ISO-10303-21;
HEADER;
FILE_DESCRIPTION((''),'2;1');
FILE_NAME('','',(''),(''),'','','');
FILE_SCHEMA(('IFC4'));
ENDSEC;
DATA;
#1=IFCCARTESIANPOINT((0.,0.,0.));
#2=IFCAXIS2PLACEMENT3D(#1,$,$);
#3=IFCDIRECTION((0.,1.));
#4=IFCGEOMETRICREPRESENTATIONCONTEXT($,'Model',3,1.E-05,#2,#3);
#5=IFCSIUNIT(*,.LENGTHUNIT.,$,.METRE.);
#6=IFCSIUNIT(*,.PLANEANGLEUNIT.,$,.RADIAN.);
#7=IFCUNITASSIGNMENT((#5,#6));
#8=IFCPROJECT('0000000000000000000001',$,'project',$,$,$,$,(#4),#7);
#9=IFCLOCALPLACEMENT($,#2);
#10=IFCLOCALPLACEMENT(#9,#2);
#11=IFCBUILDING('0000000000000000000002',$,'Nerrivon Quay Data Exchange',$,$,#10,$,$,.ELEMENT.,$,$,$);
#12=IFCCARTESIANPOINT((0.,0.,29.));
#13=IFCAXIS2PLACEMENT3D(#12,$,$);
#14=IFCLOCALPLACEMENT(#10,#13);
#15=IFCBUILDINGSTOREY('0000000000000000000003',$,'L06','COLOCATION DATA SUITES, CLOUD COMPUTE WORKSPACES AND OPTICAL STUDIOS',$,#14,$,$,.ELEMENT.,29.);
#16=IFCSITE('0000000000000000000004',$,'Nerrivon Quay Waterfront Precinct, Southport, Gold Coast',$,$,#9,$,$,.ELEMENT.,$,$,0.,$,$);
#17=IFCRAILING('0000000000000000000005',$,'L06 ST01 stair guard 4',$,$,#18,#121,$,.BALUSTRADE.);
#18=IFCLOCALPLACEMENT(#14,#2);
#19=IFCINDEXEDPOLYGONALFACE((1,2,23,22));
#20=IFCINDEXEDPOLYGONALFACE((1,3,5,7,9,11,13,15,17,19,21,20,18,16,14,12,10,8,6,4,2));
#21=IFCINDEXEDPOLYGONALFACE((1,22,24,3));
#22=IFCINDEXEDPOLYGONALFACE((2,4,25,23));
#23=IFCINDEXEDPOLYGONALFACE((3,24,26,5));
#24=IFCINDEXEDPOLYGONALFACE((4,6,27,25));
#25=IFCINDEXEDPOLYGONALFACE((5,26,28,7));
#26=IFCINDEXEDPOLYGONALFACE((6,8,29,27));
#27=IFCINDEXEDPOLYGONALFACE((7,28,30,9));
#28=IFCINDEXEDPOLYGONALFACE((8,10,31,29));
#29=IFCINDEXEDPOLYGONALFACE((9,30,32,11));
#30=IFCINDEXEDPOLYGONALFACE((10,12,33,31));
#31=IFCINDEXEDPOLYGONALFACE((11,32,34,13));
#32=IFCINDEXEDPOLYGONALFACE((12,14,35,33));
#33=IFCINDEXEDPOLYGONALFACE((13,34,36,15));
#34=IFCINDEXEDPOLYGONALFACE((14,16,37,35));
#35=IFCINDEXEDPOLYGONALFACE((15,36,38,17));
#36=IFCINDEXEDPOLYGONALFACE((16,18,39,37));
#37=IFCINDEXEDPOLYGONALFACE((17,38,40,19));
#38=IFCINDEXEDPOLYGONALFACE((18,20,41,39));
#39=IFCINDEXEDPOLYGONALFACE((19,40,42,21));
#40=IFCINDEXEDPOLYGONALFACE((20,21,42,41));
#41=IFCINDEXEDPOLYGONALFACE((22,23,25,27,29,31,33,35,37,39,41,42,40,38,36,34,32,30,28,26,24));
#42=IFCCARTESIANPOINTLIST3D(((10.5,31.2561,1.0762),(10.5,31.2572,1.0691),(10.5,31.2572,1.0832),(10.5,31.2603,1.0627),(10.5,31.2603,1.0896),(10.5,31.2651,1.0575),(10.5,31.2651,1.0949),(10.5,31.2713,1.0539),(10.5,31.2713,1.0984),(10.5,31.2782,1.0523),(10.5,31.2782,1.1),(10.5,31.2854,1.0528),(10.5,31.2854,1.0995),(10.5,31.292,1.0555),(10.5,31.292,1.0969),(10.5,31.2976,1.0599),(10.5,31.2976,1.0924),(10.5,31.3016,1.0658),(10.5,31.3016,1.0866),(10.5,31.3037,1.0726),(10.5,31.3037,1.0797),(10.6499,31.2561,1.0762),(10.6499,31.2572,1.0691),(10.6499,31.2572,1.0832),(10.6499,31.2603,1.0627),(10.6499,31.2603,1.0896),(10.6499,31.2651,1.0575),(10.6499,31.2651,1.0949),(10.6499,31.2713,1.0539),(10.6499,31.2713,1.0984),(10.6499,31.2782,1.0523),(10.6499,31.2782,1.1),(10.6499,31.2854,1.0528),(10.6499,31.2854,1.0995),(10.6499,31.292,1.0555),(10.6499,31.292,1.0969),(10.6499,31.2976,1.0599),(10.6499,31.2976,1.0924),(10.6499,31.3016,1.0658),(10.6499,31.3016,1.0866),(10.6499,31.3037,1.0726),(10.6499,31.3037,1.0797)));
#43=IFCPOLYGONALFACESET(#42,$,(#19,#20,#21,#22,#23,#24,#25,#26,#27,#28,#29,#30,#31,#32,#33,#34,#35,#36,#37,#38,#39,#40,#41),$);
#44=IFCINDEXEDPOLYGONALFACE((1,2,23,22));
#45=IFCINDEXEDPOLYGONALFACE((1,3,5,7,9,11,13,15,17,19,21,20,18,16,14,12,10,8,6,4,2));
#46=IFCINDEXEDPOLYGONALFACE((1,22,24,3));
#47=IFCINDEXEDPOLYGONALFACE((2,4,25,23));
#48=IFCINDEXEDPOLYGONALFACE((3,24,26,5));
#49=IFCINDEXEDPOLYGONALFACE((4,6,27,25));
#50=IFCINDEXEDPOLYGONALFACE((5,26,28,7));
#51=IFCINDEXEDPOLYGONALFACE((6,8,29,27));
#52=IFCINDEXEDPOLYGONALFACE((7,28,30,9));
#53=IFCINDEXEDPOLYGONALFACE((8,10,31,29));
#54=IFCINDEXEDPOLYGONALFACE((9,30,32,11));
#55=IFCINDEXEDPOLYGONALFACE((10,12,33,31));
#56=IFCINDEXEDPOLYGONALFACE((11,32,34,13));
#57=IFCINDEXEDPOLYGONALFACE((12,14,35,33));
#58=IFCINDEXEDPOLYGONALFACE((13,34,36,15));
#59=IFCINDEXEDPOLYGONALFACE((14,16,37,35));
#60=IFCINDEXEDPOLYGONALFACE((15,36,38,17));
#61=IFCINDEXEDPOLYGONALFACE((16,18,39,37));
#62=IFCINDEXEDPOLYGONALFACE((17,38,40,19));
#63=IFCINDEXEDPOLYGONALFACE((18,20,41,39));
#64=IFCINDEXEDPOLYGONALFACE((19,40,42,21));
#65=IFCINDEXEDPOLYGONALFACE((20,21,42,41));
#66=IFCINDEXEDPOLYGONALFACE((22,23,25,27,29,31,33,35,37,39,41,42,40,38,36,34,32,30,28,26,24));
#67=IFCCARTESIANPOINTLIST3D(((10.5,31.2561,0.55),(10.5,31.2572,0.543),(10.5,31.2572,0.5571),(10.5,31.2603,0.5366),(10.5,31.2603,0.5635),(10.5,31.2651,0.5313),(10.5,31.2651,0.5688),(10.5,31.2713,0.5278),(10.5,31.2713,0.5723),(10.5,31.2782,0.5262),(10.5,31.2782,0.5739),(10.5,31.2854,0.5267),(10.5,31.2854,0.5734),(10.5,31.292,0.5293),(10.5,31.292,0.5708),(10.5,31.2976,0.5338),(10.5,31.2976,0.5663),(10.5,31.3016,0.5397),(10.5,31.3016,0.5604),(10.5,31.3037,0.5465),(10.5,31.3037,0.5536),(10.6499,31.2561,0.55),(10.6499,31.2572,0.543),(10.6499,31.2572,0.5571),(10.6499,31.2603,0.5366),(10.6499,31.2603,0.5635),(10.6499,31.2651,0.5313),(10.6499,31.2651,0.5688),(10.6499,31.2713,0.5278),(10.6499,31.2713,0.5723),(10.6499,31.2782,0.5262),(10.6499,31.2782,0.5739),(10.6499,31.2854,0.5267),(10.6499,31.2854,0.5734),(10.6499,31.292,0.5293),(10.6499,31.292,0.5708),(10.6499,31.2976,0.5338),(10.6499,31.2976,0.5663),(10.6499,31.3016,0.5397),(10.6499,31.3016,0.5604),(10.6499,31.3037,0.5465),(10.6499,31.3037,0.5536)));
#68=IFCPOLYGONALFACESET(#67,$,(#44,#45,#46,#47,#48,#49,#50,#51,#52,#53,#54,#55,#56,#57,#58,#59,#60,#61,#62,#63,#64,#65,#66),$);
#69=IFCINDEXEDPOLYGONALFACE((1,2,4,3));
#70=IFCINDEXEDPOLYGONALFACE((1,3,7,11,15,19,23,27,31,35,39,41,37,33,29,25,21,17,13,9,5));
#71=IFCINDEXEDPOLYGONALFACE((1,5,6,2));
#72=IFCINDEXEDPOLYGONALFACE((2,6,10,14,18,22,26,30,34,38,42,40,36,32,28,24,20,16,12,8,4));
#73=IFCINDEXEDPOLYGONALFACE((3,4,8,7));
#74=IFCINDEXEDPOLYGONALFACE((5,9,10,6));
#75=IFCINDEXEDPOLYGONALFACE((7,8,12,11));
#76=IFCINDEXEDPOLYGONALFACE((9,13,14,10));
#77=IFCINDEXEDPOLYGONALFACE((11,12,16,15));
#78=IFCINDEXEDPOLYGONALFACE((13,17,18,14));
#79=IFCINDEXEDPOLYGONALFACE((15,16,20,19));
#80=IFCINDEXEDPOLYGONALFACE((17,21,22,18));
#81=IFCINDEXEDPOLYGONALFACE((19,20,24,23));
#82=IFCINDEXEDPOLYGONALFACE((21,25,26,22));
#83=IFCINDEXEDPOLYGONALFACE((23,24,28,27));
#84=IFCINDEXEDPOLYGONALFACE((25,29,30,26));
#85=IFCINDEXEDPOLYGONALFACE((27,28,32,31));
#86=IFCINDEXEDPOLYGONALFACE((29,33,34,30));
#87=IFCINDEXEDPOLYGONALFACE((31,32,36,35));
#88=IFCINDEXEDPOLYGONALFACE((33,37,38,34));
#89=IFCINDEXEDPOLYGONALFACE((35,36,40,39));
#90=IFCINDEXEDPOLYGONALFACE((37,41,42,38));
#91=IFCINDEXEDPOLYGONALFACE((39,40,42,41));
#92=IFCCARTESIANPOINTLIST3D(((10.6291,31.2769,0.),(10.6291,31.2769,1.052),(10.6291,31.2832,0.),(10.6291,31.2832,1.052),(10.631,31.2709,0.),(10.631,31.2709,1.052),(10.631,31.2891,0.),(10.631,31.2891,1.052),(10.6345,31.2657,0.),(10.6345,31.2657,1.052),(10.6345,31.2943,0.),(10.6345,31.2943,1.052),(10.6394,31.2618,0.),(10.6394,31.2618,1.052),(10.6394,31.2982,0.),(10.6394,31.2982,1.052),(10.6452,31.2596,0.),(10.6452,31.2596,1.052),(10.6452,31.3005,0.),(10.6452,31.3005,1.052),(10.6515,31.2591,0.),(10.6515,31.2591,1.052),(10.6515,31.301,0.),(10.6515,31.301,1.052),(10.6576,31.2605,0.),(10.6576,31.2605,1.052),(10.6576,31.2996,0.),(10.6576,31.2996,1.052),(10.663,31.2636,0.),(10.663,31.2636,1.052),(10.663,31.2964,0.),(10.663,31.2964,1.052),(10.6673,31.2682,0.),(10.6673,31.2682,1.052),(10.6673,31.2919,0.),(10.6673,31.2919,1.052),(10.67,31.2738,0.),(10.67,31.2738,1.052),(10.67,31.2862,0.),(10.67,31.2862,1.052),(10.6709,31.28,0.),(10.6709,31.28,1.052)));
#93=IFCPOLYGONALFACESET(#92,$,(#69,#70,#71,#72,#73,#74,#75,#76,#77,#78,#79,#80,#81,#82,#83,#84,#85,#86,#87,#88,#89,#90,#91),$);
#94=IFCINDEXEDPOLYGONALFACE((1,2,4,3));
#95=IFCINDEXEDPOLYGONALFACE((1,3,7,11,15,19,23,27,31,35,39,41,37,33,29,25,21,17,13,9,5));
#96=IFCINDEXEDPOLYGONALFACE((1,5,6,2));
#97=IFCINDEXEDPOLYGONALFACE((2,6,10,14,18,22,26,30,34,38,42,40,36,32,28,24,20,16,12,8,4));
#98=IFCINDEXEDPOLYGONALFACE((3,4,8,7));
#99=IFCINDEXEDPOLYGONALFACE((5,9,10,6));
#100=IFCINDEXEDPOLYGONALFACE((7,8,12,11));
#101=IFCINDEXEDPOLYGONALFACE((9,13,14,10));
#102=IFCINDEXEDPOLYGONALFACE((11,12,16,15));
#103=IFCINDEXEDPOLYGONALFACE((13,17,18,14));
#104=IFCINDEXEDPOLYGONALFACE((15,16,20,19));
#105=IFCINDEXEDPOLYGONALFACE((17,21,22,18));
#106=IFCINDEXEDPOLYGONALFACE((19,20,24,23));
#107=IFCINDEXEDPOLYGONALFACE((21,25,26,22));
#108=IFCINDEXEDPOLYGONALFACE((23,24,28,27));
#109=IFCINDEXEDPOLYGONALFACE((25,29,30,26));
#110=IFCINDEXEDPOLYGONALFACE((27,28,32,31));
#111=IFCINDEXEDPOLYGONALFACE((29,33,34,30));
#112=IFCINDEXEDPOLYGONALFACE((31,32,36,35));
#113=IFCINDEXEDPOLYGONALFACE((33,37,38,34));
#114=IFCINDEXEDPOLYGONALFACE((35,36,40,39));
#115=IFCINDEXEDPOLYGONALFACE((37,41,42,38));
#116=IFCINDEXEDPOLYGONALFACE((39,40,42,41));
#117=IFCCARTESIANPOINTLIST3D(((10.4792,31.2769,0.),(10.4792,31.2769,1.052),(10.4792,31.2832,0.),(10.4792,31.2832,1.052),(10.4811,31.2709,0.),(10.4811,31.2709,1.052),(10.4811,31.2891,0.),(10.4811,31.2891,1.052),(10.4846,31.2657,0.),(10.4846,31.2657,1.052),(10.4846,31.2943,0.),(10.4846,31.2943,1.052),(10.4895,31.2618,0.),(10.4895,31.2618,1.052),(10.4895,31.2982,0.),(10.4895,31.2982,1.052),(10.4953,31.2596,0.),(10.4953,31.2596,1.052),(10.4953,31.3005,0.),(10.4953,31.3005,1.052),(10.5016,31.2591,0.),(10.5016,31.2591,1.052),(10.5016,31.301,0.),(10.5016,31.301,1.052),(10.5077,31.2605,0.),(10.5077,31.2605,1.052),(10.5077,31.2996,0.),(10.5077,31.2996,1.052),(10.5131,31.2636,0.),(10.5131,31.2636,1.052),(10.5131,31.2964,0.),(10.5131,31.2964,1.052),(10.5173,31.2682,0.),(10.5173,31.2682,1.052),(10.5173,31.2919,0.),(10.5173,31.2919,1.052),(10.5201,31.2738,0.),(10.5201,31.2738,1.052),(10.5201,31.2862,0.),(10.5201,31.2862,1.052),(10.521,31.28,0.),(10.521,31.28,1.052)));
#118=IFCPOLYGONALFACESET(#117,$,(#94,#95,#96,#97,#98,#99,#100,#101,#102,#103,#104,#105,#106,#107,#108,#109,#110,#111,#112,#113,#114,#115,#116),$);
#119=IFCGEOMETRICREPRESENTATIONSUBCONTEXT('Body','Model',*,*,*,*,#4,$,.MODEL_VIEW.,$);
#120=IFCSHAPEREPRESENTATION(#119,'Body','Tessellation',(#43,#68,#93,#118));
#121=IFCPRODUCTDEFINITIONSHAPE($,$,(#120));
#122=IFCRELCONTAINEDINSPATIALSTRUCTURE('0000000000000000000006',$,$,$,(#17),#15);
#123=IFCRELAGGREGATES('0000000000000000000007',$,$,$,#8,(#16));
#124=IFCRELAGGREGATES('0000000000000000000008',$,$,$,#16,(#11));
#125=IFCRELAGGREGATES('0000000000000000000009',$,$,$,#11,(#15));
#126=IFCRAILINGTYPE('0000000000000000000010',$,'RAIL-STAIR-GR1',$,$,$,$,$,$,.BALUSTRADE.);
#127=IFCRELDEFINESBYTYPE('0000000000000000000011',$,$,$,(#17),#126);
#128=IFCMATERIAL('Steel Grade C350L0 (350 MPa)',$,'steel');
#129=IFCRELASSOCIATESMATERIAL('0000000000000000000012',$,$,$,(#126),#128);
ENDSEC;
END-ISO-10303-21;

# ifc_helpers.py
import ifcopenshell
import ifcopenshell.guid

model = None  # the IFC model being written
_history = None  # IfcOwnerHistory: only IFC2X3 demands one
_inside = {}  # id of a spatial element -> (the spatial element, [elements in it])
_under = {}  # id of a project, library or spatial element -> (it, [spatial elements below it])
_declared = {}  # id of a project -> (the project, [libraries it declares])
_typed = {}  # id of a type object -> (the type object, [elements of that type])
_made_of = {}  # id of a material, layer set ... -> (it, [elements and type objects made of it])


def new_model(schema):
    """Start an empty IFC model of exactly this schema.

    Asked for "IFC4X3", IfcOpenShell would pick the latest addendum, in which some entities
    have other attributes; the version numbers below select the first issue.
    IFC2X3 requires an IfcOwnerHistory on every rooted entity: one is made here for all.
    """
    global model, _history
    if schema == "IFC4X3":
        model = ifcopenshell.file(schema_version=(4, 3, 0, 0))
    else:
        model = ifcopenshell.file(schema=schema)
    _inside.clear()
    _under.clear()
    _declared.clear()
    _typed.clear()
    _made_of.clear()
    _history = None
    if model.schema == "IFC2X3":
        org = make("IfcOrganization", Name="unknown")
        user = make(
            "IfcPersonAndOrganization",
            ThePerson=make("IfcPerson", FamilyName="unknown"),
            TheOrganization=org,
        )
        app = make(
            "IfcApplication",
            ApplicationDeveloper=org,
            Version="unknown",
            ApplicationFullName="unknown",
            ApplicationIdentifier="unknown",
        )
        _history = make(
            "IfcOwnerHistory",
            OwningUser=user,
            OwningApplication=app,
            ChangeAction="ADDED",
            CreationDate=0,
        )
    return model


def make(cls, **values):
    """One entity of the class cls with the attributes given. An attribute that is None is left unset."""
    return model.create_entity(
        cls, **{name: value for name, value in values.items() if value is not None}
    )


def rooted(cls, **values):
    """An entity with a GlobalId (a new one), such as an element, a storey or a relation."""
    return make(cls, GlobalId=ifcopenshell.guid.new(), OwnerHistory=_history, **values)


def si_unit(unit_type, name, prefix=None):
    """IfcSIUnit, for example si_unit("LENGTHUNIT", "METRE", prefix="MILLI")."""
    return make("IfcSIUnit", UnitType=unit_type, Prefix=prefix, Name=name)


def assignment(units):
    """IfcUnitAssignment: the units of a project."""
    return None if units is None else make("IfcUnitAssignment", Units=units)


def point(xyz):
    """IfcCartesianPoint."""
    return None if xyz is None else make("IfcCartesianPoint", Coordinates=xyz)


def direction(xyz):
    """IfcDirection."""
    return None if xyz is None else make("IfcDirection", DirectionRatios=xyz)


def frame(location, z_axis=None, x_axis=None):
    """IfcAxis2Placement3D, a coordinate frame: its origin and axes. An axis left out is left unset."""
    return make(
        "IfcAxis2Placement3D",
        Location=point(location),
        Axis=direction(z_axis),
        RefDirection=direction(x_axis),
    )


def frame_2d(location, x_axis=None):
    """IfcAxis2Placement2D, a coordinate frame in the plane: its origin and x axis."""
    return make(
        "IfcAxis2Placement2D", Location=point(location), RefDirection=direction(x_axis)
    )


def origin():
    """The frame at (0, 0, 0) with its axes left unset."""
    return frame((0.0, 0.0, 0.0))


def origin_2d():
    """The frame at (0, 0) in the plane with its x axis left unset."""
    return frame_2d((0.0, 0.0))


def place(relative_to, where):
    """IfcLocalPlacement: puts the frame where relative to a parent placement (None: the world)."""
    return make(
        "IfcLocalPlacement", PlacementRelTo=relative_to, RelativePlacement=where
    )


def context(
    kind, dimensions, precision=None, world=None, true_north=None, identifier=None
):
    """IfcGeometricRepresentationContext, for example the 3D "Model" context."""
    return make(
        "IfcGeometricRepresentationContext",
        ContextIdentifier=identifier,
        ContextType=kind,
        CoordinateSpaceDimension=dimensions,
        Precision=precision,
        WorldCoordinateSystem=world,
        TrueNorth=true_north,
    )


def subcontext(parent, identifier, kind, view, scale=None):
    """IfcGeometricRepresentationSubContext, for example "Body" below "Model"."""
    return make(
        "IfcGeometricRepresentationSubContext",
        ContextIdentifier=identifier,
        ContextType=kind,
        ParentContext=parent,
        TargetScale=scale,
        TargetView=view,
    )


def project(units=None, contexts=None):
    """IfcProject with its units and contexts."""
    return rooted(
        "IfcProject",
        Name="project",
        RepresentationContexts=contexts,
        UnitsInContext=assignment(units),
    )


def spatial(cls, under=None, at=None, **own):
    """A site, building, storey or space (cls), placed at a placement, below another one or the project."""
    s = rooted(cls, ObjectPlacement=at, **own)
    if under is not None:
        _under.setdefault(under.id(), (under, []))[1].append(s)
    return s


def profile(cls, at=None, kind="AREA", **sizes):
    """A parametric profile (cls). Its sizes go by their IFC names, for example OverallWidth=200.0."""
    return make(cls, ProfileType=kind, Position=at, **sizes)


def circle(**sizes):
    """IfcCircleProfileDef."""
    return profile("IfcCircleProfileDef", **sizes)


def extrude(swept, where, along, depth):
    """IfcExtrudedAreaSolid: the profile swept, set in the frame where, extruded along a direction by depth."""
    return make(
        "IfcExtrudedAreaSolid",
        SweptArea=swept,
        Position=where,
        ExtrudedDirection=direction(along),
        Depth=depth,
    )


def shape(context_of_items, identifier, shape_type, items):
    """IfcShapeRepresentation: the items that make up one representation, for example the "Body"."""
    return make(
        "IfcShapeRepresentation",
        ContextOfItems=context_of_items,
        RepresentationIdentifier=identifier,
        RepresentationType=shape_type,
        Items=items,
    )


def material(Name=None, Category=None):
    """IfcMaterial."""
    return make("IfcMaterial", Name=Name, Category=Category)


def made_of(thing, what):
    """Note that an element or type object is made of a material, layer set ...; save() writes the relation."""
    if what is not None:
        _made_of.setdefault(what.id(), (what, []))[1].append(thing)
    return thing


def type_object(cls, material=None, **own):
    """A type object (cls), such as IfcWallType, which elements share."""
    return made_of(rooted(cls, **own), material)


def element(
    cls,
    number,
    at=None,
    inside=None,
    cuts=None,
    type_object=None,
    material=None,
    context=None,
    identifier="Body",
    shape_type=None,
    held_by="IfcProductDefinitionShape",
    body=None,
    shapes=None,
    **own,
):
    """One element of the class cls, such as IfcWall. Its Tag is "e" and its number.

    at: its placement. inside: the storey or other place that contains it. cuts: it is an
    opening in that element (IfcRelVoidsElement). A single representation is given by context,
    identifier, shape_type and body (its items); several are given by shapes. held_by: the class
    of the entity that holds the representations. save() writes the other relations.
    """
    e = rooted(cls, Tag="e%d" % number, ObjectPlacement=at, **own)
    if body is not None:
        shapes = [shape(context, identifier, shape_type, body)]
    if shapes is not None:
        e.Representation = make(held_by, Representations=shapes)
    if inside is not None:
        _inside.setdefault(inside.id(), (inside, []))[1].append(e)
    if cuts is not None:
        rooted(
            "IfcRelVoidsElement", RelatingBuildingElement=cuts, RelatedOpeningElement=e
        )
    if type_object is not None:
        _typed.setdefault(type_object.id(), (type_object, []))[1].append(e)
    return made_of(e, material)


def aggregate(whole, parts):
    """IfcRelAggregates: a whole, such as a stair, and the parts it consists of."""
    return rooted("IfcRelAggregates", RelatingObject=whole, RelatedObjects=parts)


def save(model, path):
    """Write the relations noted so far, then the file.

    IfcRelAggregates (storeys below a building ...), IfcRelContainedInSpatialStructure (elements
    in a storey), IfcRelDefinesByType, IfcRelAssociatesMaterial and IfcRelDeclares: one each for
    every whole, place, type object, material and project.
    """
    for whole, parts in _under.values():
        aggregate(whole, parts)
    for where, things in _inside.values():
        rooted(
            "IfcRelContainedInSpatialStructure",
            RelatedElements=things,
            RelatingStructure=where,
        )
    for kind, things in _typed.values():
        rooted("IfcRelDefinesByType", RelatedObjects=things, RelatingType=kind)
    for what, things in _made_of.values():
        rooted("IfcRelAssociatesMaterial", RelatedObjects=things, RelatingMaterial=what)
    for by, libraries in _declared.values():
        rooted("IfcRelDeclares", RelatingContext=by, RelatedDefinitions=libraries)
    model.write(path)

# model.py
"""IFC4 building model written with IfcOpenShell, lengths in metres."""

from ifc_helpers import new_model, si_unit, direction, frame, origin, origin_2d, place, context, subcontext, project, spatial, circle, extrude, material, type_object, element, save


model = new_model("IFC4")

# Units and contexts
model_context = context("Model", 3, precision=1e-05, world=origin(), true_north=direction((0.0, 1.0)))
body_context = subcontext(model_context, "Body", "Model", "MODEL_VIEW")
ifc_project = project(units=[si_unit("LENGTHUNIT", "METRE"), si_unit("PLANEANGLEUNIT", "RADIAN")], contexts=[model_context])

# Site, building, storey
site_placement = place(None, origin())
site = spatial("IfcSite", under=ifc_project, at=site_placement, Name="Nerrivon Quay Waterfront Precinct, Southport, Gold Coast", CompositionType="ELEMENT", RefElevation=0.0)
building_placement = place(site_placement, origin())
building = spatial("IfcBuilding", under=site, at=building_placement, Name="Nerrivon Quay Data Exchange", CompositionType="ELEMENT")
storey_placement = place(building_placement, frame((0.0, 0.0, 29.0)))
storey = spatial("IfcBuildingStorey", under=building, at=storey_placement, Name="L06", Description="COLOCATION DATA SUITES, CLOUD COMPUTE WORKSPACES AND OPTICAL STUDIOS", CompositionType="ELEMENT", Elevation=29.0)

# Railing
ifc_material_1 = material(Name="Steel Grade C350L0 (350 MPa)", Category="steel")
railing_type_1 = type_object("IfcRailingType", Name="RAIL-STAIR-GR1", PredefinedType="BALUSTRADE", material=ifc_material_1)
railing_1_placement = place(storey_placement, frame((10.6499, 31.28, 0.0)))
element("IfcRailing", 1, at=railing_1_placement, inside=storey, type_object=railing_type_1, Name="L06 ST01 stair guard 4", PredefinedType="BALUSTRADE", context=body_context, shape_type="SweptSolid", body=[
    extrude(circle(Radius=0.0239, at=origin_2d()), frame((0.0, 0.0, 1.0762), z_axis=(-1.0, 0.0, 0.0), x_axis=(0.0, -1.0, 0.0)), (0.0, 0.0, 1.0), 0.1499),
    extrude(circle(Radius=0.0239, at=origin_2d()), frame((0.0, 0.0, 0.55), z_axis=(-1.0, 0.0, 0.0), x_axis=(0.0, -1.0, 0.0)), (0.0, 0.0, 1.0), 0.1499),
    extrude(circle(Radius=0.021, at=origin_2d()), origin(), (0.0, 0.0, 1.0), 1.052),
    extrude(circle(Radius=0.021, at=origin_2d()), frame((-0.1499, 0.0, 0.0)), (0.0, 0.0, 1.0), 1.052),
])

save(model, "model.ifc")
